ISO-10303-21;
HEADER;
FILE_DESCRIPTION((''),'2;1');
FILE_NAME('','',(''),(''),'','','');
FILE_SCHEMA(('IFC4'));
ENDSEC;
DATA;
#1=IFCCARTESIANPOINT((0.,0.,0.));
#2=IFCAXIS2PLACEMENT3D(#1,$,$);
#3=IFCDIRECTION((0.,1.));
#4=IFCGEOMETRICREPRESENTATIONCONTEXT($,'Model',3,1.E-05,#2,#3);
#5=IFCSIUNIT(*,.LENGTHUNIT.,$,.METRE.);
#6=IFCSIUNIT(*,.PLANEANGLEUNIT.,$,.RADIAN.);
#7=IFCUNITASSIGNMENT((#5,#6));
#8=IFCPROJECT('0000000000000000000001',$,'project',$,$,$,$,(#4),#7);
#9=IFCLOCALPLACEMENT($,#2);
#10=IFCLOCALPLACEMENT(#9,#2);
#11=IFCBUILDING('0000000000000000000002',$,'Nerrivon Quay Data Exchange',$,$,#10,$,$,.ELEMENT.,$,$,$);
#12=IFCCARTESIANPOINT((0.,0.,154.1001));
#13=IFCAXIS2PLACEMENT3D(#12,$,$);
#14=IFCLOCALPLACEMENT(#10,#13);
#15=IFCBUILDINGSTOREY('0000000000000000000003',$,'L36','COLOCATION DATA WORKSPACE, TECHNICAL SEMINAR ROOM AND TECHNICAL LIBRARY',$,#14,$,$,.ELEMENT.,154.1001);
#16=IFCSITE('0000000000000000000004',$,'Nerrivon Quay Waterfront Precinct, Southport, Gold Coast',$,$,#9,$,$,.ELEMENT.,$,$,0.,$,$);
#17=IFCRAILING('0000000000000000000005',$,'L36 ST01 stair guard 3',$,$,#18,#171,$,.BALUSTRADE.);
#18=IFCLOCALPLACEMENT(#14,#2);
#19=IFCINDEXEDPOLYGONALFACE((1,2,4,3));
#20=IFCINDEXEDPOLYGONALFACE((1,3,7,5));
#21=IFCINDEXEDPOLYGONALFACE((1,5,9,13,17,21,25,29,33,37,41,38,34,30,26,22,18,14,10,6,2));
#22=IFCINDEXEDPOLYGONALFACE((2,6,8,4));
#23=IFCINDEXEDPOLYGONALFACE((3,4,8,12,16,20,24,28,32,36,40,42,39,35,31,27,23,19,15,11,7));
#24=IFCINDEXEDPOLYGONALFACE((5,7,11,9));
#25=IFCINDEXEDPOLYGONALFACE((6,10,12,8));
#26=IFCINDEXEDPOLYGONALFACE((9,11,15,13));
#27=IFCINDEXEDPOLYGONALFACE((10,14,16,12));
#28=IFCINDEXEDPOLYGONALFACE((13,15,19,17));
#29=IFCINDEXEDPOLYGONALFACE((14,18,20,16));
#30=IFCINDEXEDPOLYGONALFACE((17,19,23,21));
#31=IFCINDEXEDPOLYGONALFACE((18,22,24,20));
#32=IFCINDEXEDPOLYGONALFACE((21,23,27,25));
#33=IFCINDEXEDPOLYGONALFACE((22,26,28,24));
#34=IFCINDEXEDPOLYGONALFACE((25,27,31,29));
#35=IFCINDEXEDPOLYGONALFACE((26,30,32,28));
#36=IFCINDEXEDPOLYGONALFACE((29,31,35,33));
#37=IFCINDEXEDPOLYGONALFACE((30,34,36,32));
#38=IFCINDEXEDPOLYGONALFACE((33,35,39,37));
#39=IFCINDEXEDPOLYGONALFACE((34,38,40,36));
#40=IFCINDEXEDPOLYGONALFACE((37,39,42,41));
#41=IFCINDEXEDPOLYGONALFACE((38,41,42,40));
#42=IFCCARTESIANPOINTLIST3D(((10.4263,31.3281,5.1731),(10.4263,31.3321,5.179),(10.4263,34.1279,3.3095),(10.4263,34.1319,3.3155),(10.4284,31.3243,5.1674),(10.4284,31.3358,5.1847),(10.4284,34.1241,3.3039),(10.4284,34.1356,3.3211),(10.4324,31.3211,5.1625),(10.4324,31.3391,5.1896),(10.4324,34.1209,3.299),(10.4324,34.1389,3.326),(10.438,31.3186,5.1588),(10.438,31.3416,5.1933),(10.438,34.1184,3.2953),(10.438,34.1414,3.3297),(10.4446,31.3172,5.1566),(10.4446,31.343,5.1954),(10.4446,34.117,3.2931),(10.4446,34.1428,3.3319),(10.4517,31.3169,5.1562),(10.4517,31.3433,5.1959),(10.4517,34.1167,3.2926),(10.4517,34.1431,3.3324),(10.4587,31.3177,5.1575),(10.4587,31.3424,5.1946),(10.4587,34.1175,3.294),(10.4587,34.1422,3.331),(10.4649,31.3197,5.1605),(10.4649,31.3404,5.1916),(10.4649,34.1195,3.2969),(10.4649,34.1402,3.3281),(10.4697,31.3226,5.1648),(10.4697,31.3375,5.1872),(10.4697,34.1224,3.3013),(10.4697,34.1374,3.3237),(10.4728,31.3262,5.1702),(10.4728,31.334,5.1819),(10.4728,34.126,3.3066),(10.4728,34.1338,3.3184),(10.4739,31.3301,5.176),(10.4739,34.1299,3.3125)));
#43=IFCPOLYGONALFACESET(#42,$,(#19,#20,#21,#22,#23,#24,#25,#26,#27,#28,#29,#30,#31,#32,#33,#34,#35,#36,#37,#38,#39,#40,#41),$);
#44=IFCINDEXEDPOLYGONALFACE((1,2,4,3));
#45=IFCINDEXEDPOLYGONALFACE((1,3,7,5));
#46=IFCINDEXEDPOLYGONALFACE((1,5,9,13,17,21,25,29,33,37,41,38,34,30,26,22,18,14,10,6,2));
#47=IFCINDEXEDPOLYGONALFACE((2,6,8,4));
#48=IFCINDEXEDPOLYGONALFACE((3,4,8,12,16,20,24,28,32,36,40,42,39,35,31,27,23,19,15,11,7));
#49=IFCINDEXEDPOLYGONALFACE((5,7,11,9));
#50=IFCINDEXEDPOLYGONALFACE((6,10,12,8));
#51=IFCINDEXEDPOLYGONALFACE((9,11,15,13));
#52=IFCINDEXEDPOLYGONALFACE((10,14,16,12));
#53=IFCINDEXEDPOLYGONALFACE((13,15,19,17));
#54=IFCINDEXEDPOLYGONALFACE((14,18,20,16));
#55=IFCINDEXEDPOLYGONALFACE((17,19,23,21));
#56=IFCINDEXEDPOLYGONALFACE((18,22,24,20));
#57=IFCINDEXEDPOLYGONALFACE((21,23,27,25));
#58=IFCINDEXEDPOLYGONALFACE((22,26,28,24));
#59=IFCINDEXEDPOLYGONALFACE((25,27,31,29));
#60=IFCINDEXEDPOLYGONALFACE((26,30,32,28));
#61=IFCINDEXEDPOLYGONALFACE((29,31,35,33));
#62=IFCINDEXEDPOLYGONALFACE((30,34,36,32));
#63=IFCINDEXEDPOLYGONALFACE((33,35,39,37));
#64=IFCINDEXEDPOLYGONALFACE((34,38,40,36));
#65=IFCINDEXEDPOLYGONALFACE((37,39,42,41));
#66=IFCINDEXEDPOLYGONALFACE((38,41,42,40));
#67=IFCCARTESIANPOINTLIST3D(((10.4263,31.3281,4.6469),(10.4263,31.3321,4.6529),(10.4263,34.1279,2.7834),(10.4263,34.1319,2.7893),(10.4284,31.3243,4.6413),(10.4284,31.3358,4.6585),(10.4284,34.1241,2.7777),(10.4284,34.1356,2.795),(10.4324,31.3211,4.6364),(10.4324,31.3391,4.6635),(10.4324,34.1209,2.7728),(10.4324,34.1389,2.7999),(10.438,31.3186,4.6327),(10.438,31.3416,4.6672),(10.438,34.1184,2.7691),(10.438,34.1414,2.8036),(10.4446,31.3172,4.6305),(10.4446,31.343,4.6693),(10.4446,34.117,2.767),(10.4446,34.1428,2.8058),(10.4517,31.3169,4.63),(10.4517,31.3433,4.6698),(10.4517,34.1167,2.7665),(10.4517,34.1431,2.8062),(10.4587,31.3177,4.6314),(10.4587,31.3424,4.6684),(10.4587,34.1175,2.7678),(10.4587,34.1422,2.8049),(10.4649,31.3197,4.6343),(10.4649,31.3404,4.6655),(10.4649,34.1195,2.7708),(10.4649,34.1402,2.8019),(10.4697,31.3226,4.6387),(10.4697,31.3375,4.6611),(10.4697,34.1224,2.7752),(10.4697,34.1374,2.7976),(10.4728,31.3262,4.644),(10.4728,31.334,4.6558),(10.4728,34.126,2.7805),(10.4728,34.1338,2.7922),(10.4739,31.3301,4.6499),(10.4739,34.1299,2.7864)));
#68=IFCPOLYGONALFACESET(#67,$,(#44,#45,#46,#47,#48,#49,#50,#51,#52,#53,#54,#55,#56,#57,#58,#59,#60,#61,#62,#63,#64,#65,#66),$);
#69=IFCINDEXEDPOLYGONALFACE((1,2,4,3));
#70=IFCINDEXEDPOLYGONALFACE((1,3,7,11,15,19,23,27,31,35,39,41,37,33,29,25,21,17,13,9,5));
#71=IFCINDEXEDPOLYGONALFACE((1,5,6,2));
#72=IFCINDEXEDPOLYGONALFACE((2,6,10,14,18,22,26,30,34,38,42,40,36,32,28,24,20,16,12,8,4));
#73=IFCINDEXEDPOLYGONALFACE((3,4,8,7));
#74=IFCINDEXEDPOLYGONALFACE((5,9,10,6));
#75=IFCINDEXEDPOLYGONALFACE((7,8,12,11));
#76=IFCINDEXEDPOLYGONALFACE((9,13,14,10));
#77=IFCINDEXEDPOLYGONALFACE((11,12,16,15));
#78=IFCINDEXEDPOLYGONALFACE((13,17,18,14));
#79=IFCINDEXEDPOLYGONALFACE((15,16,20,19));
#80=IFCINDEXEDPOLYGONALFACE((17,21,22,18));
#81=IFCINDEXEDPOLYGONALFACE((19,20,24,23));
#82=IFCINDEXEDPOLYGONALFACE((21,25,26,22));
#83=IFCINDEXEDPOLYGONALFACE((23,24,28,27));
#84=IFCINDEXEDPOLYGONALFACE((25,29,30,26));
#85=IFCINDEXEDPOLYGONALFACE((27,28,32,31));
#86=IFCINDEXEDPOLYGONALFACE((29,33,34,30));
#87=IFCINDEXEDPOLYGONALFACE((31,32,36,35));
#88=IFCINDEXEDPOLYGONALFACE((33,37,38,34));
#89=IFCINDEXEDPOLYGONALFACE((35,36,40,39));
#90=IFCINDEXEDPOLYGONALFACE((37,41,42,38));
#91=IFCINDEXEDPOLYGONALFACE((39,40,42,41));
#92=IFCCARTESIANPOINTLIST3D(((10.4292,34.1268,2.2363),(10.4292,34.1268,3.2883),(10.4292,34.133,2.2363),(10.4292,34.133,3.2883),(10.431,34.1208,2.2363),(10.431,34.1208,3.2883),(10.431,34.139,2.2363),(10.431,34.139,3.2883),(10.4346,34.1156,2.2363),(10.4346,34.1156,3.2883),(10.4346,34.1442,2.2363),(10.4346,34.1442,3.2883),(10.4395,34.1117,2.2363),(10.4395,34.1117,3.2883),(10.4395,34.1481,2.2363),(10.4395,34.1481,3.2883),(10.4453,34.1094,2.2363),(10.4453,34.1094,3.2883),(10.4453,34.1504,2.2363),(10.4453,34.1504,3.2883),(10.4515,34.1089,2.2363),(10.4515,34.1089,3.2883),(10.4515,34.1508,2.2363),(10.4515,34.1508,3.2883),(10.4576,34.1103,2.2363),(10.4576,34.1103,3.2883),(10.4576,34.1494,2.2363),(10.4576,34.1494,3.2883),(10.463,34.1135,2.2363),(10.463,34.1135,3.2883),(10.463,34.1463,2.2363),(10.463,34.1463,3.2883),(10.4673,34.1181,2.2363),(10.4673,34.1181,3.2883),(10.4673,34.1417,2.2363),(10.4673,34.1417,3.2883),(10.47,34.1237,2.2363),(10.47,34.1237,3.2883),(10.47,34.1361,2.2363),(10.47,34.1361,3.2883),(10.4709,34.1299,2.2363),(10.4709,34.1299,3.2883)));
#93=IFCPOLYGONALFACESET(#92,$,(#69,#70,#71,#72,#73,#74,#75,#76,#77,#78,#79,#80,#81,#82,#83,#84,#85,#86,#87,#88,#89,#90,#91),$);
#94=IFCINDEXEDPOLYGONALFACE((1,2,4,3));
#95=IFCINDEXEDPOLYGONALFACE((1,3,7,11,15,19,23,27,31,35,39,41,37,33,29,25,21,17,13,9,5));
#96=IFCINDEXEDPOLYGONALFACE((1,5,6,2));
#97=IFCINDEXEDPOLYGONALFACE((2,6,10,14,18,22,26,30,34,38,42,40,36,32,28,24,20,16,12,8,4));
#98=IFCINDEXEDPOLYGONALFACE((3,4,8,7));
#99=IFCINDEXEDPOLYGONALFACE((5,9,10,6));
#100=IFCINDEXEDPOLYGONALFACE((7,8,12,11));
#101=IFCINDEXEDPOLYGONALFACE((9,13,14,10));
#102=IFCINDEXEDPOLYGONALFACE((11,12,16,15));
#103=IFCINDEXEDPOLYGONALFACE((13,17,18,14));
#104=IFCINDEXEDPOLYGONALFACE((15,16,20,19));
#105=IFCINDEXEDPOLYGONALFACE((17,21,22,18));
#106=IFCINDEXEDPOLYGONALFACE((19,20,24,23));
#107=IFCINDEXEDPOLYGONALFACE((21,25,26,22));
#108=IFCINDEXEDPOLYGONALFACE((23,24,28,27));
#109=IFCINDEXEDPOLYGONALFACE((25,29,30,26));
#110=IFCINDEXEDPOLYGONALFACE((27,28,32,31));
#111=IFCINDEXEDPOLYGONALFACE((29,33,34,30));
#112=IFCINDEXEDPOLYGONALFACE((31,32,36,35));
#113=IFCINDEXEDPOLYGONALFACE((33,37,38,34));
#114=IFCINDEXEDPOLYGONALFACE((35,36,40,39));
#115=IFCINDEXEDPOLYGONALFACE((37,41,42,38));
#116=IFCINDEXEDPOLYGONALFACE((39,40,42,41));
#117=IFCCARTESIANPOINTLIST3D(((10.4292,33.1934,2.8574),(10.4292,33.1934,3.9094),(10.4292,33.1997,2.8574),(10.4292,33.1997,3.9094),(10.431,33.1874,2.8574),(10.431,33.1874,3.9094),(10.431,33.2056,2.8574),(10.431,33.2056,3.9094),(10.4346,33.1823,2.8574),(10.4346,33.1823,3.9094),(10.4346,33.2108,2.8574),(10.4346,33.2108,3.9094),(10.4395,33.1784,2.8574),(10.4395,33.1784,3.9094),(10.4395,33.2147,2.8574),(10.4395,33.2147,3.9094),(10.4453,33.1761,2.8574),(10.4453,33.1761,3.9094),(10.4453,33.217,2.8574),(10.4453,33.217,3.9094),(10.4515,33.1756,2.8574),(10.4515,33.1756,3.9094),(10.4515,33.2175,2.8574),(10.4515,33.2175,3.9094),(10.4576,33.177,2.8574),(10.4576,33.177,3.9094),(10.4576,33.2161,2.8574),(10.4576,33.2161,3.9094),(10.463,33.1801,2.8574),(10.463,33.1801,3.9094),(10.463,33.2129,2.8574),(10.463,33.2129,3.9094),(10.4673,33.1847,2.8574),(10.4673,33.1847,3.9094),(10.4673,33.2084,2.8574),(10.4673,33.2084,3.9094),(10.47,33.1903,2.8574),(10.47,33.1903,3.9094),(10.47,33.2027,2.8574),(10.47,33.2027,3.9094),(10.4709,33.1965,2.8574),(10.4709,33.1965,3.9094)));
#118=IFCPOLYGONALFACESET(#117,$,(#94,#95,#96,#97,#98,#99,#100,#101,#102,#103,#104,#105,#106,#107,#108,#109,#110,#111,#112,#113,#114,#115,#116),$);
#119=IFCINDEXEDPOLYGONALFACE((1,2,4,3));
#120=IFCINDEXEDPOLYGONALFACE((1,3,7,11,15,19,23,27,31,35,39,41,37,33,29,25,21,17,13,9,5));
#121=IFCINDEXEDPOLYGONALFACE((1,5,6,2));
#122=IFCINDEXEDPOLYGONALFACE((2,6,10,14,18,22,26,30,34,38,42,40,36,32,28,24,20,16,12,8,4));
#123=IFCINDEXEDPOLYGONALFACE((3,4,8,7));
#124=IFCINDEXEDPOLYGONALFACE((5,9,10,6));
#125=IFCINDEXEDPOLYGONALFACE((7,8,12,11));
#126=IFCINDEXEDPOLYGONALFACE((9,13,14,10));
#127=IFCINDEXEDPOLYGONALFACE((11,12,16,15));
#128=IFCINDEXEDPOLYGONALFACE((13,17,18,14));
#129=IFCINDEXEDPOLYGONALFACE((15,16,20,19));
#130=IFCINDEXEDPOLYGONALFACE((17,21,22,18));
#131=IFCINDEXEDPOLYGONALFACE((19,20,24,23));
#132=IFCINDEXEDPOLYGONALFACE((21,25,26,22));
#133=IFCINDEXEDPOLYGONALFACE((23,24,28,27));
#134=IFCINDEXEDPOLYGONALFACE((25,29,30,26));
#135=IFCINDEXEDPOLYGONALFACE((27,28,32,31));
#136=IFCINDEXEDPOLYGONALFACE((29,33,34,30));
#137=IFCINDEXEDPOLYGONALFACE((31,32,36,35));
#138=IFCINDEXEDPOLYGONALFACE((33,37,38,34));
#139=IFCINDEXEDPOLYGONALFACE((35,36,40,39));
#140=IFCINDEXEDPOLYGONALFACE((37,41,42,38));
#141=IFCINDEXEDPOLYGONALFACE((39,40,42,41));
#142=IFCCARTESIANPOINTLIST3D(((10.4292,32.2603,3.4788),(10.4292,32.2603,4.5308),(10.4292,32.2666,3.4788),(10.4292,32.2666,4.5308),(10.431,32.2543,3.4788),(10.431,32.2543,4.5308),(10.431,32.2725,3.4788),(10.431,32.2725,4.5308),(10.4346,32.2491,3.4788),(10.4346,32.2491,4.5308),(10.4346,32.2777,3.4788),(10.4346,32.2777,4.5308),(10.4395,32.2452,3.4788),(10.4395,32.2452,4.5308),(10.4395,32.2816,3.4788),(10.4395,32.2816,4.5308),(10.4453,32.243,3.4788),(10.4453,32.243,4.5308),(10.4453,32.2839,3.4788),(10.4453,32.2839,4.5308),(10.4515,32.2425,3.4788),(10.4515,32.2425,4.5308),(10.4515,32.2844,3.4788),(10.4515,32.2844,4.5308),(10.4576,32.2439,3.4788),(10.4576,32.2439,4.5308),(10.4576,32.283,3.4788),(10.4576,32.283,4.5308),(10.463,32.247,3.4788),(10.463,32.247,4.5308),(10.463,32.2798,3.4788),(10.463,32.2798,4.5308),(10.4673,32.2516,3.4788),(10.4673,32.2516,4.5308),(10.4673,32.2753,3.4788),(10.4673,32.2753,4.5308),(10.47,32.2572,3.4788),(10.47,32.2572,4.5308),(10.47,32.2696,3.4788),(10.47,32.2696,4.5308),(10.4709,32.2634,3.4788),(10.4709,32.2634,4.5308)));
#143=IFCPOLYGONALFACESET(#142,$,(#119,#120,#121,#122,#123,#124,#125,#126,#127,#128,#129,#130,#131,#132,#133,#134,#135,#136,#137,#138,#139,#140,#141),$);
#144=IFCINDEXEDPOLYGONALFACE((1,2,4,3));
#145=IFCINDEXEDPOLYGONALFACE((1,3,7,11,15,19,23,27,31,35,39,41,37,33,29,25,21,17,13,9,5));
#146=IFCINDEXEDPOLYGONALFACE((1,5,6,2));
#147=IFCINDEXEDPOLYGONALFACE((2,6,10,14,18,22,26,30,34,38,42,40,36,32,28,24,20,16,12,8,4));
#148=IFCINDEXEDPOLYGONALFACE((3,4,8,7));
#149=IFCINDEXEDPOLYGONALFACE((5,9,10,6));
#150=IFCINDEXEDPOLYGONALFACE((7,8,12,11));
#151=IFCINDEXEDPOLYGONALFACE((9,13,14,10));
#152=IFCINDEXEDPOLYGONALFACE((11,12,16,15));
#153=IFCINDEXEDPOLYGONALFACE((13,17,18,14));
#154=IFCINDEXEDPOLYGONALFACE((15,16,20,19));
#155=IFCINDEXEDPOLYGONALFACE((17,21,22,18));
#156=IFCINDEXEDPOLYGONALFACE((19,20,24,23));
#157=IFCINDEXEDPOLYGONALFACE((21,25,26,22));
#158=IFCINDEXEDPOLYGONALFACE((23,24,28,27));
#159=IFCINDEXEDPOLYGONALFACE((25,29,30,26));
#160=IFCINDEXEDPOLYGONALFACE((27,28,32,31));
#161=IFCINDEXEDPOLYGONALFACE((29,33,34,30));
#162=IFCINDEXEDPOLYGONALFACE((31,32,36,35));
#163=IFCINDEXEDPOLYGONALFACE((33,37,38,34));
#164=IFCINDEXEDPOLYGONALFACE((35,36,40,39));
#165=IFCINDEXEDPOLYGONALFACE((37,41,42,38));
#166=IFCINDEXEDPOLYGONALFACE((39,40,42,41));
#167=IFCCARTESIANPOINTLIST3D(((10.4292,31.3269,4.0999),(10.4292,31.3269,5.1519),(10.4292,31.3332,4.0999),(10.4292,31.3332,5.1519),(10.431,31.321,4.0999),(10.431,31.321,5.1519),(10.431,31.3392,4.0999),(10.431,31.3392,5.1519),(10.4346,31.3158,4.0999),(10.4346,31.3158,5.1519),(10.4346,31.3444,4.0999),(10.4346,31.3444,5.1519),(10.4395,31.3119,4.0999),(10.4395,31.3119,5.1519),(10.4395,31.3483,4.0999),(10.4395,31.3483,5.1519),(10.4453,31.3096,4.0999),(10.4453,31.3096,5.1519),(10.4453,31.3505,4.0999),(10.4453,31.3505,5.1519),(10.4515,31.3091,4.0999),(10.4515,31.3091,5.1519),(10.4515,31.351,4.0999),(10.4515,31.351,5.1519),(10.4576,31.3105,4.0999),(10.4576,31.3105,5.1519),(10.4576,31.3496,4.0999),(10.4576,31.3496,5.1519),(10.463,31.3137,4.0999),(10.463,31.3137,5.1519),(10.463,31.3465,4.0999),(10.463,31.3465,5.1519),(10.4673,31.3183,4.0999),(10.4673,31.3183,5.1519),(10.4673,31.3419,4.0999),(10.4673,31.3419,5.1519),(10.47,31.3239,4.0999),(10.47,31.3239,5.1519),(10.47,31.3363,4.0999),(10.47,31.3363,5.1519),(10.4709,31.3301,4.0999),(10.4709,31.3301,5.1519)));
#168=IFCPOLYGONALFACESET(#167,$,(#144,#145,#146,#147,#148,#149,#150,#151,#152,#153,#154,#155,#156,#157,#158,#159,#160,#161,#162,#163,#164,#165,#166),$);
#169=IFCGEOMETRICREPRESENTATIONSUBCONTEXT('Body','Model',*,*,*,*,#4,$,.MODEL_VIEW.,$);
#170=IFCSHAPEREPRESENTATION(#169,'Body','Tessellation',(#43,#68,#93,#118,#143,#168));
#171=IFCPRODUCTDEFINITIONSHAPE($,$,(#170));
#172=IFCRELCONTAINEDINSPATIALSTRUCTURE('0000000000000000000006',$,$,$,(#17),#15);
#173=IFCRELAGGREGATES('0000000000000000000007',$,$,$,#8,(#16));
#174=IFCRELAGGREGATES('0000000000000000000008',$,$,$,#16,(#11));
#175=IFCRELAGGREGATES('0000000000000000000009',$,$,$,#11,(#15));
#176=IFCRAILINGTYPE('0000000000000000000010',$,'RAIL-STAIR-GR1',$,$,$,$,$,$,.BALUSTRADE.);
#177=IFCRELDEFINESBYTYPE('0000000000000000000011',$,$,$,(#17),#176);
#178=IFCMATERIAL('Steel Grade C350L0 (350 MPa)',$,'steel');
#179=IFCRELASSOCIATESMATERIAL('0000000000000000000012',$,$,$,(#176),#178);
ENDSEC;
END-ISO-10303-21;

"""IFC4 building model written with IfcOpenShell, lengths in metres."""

from ifc_helpers import new_model, si_unit, direction, frame, origin, origin_2d, place, context, subcontext, project, spatial, circle, extrude, material, type_object, element, save


model = new_model("IFC4")

# Units and contexts
model_context = context("Model", 3, precision=1e-05, world=origin(), true_north=direction((0.0, 1.0)))
body_context = subcontext(model_context, "Body", "Model", "MODEL_VIEW")
ifc_project = project(units=[si_unit("LENGTHUNIT", "METRE"), si_unit("PLANEANGLEUNIT", "RADIAN")], contexts=[model_context])

# Site, building, storey
site_placement = place(None, origin())
site = spatial("IfcSite", under=ifc_project, at=site_placement, Name="Nerrivon Quay Waterfront Precinct, Southport, Gold Coast", CompositionType="ELEMENT", RefElevation=0.0)
building_placement = place(site_placement, origin())
building = spatial("IfcBuilding", under=site, at=building_placement, Name="Nerrivon Quay Data Exchange", CompositionType="ELEMENT")
storey_placement = place(building_placement, frame((0.0, 0.0, 154.1001)))
storey = spatial("IfcBuildingStorey", under=building, at=storey_placement, Name="L36", Description="COLOCATION DATA WORKSPACE, TECHNICAL SEMINAR ROOM AND TECHNICAL LIBRARY", CompositionType="ELEMENT", Elevation=154.1001)

# Railing
ifc_material_1 = material(Name="Steel Grade C350L0 (350 MPa)", Category="steel")
railing_type = type_object("IfcRailingType", Name="RAIL-STAIR-GR1", PredefinedType="BALUSTRADE", material=ifc_material_1)
railing_1_placement = place(storey_placement, frame((10.45, 34.1299, 2.2363)))
element("IfcRailing", 1, at=railing_1_placement, inside=storey, type_object=railing_type, Name="L36 ST01 stair guard 3", PredefinedType="BALUSTRADE", context=body_context, shape_type="SweptSolid", body=[
    extrude(circle(Radius=0.0239, at=origin_2d()), frame((0.0, 0.0, 1.0762), z_axis=(0.0, -0.832463, 0.55408), x_axis=(1.0, 0.0, 0.0)), (0.0, 0.0, 1.0), 3.3633),
    extrude(circle(Radius=0.0239, at=origin_2d()), frame((0.0, 0.0, 0.55), z_axis=(0.0, -0.832463, 0.55408), x_axis=(1.0, 0.0, 0.0)), (0.0, 0.0, 1.0), 3.3633),
    extrude(circle(Radius=0.021, at=origin_2d()), origin(), (0.0, 0.0, 1.0), 1.052),
    extrude(circle(Radius=0.021, at=origin_2d()), frame((0.0, -0.9333, 0.6211)), (0.0, 0.0, 1.0), 1.052),
    extrude(circle(Radius=0.021, at=origin_2d()), frame((0.0, -1.8665, 1.2424)), (0.0, 0.0, 1.0), 1.052),
    extrude(circle(Radius=0.021, at=origin_2d()), frame((0.0, -2.7998, 1.8635)), (0.0, 0.0, 1.0), 1.052),
])

save(model, "model.ifc")
